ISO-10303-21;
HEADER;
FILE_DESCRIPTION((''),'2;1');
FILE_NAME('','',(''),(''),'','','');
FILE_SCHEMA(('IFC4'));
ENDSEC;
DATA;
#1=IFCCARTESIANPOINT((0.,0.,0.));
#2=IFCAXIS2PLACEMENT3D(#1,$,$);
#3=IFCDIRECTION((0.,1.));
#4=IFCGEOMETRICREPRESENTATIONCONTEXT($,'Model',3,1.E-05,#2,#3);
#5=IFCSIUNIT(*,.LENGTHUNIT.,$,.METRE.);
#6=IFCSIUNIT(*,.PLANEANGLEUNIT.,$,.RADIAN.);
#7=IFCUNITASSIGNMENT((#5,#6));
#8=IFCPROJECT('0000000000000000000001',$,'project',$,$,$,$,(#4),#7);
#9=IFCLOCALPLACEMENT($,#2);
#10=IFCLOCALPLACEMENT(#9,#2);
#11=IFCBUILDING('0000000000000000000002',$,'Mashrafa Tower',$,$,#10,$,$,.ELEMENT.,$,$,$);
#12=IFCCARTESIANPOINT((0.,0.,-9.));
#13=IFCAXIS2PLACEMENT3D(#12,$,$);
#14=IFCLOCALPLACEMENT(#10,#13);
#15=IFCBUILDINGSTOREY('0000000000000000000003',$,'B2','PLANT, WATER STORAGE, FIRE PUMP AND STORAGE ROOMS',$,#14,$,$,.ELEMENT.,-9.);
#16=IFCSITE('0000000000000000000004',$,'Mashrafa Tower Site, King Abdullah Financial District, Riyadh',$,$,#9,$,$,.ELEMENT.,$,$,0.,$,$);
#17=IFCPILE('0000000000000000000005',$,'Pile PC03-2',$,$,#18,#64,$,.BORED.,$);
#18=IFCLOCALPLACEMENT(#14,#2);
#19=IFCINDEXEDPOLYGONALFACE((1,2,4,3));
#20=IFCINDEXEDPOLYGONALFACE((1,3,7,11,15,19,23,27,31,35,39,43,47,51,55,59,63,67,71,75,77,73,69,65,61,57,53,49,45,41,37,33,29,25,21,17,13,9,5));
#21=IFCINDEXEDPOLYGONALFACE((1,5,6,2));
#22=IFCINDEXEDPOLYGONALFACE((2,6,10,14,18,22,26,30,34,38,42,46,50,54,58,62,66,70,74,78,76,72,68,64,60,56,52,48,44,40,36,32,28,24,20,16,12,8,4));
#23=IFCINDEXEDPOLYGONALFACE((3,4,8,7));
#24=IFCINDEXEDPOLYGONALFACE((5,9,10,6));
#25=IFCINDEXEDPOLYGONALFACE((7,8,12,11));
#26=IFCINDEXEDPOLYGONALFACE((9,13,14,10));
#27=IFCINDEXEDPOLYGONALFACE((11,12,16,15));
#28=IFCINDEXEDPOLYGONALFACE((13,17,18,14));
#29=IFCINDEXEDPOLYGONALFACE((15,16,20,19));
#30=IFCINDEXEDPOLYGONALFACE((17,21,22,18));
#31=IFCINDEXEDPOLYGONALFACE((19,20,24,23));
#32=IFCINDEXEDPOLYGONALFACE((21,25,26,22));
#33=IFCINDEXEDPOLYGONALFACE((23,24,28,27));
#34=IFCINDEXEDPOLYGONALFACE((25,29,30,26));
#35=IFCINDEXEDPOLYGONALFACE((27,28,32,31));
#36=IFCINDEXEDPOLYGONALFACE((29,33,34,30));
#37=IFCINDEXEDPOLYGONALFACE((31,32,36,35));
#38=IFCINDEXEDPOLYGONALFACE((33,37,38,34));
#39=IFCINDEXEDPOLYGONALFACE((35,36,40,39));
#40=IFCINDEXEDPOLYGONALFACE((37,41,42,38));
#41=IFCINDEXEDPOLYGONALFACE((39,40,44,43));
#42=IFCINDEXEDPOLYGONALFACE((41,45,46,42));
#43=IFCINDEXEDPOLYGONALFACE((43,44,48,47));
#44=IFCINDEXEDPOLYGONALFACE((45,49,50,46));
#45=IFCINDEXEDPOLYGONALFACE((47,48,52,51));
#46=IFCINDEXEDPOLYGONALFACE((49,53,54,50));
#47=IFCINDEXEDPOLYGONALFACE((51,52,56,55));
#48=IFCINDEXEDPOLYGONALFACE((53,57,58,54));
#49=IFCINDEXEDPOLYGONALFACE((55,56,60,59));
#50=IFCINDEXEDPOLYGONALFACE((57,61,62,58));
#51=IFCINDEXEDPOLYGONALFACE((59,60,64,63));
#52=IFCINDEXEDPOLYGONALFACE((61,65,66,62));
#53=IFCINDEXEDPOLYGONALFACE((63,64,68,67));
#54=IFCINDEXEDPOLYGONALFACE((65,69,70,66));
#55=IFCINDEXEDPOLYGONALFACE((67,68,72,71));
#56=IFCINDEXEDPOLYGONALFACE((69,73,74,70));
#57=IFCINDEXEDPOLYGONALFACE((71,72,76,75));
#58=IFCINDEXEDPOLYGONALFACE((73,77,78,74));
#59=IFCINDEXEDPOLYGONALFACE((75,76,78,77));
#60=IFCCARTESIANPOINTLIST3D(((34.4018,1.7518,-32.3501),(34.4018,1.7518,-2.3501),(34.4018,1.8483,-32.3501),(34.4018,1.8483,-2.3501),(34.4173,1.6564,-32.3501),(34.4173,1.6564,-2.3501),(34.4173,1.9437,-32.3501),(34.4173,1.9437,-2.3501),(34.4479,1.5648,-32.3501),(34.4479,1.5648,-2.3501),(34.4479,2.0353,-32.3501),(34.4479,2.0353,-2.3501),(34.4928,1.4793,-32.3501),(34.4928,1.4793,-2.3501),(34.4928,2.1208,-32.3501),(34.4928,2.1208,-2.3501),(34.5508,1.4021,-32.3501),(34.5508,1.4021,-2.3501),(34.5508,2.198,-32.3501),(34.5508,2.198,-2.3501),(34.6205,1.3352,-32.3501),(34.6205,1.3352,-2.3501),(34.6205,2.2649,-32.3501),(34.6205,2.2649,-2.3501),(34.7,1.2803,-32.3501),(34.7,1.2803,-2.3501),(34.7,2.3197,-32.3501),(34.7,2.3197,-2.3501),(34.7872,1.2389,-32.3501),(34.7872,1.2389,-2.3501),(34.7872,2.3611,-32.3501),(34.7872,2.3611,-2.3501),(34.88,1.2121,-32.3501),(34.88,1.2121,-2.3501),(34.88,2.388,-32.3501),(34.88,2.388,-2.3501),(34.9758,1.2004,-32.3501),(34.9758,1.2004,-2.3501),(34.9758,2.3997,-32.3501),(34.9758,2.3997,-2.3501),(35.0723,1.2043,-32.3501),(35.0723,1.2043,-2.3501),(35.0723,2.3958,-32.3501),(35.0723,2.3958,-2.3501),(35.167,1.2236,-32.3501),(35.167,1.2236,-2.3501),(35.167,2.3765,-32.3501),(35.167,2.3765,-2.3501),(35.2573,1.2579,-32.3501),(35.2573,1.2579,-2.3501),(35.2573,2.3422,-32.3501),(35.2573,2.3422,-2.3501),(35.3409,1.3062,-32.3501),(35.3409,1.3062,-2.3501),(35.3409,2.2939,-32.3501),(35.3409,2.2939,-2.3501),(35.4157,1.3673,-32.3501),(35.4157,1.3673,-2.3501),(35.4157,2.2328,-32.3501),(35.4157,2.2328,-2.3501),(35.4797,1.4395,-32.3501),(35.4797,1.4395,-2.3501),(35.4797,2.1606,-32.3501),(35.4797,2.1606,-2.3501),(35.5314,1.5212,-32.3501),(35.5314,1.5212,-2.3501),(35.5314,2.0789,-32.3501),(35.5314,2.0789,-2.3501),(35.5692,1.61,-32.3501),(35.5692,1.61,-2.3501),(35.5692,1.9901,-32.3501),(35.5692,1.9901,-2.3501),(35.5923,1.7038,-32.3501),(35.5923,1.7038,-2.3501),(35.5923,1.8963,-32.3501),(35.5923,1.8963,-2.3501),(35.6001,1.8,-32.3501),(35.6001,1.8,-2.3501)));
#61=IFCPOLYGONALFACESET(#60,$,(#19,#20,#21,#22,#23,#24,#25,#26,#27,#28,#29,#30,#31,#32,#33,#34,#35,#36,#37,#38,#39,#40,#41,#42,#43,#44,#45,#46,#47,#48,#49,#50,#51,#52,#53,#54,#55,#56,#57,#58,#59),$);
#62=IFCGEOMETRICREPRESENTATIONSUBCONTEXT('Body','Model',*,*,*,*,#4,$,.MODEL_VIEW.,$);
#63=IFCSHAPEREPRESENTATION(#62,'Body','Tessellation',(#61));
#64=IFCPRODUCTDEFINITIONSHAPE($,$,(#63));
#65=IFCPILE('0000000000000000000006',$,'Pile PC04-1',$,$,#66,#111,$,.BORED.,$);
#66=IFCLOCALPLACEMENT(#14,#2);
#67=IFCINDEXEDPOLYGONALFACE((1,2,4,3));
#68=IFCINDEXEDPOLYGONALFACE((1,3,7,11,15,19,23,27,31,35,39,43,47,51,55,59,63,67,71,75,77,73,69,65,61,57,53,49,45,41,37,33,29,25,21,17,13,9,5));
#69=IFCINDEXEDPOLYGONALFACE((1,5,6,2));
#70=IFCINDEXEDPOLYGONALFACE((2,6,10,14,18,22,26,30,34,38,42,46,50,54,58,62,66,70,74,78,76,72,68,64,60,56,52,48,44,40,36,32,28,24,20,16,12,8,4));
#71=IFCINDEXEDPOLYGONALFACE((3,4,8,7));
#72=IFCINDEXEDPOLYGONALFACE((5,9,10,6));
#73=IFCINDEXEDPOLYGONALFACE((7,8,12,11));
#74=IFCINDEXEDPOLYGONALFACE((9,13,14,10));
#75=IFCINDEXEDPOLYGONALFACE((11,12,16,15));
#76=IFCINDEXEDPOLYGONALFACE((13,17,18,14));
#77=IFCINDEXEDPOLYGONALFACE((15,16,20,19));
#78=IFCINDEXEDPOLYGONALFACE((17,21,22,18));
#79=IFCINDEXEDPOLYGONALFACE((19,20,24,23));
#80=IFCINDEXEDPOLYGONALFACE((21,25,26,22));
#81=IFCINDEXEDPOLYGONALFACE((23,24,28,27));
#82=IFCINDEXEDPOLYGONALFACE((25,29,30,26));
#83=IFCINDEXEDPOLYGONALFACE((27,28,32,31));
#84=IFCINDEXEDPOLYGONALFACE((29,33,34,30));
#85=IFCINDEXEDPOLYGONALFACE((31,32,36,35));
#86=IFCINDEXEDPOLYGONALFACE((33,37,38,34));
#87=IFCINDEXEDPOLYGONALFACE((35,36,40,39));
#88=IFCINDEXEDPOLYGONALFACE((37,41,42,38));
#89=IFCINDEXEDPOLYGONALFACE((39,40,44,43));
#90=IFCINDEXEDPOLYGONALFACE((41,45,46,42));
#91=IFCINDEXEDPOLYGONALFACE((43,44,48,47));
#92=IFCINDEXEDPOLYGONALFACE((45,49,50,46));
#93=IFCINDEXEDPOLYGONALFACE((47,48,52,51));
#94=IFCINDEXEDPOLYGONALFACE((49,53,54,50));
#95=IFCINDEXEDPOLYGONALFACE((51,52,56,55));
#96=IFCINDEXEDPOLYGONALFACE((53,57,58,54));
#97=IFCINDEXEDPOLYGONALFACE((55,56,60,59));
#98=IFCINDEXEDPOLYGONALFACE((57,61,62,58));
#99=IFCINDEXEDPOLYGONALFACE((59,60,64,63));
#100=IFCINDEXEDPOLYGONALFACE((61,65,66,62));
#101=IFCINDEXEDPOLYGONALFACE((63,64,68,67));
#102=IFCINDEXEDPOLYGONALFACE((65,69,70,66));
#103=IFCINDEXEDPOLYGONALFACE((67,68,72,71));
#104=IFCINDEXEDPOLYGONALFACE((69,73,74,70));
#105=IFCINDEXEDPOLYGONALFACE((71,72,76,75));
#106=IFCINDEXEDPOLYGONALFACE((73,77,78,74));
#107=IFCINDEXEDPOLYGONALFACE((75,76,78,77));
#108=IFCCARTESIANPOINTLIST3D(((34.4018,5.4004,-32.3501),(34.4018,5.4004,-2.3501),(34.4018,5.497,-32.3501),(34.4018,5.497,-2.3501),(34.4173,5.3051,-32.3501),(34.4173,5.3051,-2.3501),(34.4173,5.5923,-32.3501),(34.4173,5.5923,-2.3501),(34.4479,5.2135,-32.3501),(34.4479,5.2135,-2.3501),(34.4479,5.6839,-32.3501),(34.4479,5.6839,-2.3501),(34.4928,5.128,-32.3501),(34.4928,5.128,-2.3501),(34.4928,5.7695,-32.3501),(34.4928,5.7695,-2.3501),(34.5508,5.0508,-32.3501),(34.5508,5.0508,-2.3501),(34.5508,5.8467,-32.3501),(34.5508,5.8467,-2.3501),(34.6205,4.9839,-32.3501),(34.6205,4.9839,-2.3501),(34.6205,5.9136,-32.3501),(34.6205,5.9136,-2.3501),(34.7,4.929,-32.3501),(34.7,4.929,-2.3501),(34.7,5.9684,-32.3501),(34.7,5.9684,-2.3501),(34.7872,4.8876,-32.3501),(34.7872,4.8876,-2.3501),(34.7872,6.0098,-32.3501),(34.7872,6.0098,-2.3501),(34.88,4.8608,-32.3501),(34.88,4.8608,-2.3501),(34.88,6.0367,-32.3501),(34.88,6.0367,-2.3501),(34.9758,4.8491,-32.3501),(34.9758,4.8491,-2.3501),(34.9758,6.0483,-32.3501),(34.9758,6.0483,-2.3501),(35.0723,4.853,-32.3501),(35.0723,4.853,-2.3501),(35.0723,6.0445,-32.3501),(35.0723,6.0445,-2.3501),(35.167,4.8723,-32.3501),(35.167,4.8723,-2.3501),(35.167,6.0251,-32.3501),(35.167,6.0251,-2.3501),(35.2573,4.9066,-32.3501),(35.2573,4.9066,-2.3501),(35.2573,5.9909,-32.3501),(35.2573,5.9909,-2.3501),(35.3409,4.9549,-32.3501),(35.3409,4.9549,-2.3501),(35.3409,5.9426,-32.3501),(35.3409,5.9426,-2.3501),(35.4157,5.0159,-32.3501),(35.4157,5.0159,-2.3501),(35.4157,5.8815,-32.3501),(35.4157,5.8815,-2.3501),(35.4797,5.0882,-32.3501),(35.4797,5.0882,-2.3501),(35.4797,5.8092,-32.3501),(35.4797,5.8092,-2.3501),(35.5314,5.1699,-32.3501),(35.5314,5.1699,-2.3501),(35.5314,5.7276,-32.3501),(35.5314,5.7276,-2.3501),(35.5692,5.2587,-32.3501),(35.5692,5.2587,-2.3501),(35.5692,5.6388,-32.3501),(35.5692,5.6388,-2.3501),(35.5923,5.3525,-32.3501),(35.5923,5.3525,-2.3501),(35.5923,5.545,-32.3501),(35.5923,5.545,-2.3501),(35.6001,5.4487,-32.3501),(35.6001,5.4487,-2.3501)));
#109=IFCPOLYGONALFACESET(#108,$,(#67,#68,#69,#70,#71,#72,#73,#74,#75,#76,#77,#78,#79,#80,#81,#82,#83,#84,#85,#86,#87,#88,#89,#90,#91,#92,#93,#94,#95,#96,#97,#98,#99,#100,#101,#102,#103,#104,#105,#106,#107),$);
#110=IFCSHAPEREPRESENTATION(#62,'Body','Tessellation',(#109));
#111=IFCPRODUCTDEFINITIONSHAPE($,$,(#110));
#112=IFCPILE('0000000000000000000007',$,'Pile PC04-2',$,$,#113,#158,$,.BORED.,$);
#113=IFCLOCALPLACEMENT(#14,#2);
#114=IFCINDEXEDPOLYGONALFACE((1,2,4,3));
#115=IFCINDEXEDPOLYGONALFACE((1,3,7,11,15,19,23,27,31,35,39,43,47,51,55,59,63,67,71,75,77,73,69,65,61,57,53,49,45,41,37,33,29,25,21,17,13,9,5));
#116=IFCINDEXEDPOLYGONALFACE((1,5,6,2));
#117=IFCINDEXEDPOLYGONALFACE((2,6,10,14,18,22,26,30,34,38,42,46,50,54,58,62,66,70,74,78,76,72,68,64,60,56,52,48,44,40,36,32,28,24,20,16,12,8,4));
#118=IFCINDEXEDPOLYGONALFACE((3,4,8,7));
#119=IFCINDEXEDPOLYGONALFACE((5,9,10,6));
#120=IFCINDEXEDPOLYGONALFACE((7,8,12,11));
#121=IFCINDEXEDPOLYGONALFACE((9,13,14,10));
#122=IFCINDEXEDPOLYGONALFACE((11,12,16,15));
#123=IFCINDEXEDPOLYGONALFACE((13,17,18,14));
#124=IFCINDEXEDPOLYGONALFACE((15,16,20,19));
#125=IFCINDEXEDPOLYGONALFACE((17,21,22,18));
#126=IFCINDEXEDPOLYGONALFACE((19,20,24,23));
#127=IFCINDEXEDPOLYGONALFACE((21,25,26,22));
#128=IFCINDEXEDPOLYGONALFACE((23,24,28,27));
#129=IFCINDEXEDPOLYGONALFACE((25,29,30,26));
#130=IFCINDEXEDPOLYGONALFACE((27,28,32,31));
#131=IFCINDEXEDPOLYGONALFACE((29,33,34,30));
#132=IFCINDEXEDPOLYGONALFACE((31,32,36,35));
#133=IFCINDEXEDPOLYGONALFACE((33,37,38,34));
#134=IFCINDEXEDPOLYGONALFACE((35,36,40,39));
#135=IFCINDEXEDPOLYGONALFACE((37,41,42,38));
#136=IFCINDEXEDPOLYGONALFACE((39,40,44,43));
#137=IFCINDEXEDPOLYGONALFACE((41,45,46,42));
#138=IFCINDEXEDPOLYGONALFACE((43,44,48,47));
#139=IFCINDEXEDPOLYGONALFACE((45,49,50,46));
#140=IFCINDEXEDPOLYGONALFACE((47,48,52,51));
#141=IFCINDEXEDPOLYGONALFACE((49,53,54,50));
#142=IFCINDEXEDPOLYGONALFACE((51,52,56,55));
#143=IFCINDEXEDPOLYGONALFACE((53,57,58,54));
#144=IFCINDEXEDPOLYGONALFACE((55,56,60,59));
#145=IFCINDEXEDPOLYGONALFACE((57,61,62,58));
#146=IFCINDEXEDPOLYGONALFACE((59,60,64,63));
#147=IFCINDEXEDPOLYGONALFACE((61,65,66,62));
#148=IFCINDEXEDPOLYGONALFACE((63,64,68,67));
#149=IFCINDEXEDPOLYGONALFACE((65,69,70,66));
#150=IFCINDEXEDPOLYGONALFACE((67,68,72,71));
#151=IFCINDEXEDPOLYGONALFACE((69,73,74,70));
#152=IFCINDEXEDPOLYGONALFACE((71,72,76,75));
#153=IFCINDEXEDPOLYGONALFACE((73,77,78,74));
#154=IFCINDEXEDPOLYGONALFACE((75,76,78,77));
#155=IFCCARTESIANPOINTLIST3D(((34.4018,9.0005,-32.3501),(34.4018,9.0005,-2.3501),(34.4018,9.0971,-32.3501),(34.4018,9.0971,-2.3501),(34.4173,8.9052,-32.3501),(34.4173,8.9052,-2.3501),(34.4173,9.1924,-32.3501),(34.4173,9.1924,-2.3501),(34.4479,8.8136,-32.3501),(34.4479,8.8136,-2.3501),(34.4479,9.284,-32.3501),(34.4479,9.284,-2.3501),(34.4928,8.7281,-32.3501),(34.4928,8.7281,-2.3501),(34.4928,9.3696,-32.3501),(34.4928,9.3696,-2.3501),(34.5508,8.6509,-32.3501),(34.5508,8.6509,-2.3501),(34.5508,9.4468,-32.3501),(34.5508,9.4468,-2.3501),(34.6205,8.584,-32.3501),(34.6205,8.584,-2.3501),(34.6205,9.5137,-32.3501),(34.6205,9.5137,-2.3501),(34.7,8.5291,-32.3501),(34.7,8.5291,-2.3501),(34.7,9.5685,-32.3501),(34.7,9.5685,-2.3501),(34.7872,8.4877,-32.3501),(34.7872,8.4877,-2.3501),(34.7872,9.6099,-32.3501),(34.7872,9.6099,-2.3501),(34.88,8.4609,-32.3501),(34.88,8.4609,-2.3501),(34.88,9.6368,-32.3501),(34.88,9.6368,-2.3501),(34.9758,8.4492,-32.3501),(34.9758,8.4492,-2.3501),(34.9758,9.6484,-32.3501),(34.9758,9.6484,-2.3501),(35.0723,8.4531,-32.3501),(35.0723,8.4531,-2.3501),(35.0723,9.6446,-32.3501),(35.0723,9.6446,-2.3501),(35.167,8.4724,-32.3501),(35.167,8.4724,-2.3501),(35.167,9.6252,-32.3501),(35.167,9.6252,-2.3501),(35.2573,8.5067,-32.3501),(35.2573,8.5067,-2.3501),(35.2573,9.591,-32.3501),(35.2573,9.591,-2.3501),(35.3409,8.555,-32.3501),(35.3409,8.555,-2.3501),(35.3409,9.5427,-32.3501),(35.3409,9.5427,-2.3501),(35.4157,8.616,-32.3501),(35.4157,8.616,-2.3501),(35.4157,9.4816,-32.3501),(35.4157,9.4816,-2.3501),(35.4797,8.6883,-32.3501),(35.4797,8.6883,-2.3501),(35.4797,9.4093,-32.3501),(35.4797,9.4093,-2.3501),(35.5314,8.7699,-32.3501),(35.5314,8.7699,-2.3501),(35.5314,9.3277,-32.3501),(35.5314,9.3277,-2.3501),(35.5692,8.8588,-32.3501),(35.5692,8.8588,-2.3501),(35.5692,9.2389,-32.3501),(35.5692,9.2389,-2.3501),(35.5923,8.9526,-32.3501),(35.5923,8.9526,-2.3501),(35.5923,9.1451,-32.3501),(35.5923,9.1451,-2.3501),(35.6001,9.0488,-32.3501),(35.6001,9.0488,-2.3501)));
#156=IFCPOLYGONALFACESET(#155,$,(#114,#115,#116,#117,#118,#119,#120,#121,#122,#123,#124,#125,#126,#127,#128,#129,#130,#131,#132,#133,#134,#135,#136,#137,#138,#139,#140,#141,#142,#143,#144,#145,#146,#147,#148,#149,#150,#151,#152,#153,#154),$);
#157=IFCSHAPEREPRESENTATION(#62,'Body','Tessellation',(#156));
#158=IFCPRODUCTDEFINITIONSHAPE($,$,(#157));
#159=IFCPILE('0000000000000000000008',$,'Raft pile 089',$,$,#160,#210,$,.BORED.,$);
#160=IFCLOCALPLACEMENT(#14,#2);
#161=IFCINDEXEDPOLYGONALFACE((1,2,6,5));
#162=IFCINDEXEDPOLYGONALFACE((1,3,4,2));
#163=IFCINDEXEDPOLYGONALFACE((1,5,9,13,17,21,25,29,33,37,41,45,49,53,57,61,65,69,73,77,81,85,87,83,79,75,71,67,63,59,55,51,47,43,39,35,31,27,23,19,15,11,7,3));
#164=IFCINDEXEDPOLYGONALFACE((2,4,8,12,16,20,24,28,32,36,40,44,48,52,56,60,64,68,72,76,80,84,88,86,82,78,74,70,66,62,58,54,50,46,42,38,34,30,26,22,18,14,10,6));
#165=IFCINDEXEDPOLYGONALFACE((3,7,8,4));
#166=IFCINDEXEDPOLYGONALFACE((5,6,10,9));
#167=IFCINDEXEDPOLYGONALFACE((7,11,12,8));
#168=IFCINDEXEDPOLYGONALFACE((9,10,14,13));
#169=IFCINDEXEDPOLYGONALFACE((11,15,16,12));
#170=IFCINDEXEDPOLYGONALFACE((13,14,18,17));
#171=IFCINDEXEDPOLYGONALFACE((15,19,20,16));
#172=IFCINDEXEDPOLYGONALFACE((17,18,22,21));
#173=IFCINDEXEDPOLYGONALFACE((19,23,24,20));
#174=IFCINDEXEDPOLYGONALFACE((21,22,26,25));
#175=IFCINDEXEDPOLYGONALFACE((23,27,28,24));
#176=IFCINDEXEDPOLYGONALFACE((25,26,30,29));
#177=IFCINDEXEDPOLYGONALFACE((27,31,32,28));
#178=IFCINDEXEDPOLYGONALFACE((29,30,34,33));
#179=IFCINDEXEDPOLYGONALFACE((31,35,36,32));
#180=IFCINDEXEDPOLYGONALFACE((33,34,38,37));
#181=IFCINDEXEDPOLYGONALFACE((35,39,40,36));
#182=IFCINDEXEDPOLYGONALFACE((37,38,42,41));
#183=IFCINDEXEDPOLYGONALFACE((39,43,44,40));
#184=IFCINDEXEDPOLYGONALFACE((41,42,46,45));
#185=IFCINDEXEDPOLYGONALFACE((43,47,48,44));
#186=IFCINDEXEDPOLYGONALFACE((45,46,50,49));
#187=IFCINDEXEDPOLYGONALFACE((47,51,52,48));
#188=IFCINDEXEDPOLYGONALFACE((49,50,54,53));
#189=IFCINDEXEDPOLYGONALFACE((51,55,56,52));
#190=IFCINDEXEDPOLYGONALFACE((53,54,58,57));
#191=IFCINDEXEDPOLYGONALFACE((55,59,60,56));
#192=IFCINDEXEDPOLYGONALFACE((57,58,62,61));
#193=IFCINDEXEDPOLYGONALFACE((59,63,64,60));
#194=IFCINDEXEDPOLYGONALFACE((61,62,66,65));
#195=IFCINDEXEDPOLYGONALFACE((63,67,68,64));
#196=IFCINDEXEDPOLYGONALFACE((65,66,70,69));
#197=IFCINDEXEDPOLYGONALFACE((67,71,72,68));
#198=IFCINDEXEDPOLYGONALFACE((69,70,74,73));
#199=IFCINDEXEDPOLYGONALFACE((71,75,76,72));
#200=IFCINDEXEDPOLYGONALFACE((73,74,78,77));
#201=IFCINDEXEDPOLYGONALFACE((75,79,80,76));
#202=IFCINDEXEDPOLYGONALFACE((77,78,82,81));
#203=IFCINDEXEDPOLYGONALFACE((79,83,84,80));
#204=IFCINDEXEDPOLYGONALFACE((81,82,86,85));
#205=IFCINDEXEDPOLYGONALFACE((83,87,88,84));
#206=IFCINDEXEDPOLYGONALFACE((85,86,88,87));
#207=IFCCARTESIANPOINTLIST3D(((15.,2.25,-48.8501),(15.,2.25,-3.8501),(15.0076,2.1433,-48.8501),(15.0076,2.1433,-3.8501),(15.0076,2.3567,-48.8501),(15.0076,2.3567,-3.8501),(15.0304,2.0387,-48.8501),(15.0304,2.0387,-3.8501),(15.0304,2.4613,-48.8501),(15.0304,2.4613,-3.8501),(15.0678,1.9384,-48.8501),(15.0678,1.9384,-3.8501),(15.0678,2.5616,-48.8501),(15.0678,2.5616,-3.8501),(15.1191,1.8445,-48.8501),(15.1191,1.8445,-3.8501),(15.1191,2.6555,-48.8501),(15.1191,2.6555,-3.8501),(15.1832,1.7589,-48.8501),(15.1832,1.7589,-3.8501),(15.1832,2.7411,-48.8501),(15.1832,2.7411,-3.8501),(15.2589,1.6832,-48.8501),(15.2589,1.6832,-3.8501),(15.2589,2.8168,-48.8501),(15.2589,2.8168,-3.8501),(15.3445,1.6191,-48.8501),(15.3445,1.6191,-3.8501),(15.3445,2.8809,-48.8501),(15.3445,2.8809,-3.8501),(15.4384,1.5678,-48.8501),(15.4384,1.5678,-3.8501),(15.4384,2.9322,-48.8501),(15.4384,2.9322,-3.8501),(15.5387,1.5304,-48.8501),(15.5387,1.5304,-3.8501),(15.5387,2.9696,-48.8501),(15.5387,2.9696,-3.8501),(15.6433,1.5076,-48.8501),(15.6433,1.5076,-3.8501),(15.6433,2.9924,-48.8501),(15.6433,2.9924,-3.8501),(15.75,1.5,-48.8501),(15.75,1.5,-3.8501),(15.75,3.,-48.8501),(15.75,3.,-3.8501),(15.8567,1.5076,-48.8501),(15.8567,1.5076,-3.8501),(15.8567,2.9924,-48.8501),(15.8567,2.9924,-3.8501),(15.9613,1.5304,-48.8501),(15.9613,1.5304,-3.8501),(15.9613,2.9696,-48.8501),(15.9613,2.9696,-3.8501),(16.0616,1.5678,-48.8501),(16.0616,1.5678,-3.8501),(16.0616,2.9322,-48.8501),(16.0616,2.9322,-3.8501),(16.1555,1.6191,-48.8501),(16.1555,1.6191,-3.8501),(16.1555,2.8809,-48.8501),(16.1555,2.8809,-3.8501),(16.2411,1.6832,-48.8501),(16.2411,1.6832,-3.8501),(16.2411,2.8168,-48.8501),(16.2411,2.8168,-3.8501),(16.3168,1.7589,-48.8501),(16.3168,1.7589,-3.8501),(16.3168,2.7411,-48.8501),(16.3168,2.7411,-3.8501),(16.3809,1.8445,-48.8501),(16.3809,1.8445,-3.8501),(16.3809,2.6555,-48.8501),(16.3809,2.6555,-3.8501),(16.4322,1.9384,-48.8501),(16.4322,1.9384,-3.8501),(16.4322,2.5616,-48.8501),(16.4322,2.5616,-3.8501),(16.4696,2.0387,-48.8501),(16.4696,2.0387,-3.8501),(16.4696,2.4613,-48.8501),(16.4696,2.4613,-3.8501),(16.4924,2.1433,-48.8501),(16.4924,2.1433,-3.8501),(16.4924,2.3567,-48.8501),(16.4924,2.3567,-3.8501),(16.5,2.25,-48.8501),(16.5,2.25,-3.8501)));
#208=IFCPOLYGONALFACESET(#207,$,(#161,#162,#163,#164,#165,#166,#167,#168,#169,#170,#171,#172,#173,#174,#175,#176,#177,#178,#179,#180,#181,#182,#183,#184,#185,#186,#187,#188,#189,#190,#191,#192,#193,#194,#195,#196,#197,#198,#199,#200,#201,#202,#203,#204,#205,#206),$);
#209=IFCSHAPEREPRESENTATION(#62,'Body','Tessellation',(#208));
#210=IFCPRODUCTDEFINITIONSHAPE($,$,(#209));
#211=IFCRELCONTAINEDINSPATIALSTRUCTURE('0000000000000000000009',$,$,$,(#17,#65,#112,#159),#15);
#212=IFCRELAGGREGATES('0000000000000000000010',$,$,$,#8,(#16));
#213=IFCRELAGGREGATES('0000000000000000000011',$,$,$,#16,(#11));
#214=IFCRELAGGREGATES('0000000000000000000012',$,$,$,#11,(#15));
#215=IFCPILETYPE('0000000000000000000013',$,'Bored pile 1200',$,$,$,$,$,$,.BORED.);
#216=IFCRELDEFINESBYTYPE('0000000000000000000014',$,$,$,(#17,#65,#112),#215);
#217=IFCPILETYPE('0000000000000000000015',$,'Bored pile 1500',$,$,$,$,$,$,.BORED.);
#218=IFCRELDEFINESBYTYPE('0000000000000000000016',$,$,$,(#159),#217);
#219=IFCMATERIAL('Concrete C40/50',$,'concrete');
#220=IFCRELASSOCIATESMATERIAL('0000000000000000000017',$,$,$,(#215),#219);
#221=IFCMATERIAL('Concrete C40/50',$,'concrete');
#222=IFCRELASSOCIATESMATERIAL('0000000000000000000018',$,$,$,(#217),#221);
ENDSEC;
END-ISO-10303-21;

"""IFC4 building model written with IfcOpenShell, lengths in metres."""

from ifc_helpers import new_model, si_unit, direction, frame, origin, origin_2d, place, context, subcontext, project, spatial, circle, extrude, material, material_profile, profile_set, type_object, element, save


model = new_model("IFC4")

# Units and contexts
model_context = context("Model", 3, precision=1e-05, world=origin(), true_north=direction((0.0, 1.0)))
body_context = subcontext(model_context, "Body", "Model", "MODEL_VIEW")
ifc_project = project(units=[si_unit("LENGTHUNIT", "METRE"), si_unit("PLANEANGLEUNIT", "RADIAN")], contexts=[model_context])

# Site, building, storey
site_placement = place(None, origin())
site = spatial("IfcSite", under=ifc_project, at=site_placement, Name="Mashrafa Tower Site, King Abdullah Financial District, Riyadh", CompositionType="ELEMENT", RefElevation=0.0)
building_placement = place(site_placement, origin())
building = spatial("IfcBuilding", under=site, at=building_placement, Name="Mashrafa Tower", CompositionType="ELEMENT")
storey_placement = place(building_placement, frame((0.0, 0.0, -9.0)))
storey = spatial("IfcBuildingStorey", under=building, at=storey_placement, Name="B2", Description="PLANT, WATER STORAGE, FIRE PUMP AND STORAGE ROOMS", CompositionType="ELEMENT", Elevation=-9.0)

# Piles
ifc_material_1 = material(Name="Concrete C40/50", Category="concrete")
ifc_material_profile_1 = material_profile(ifc_material_1, circle(Radius=0.6001, at=origin_2d()), Name="1200 DIA")
ifc_profile_set_1 = profile_set([ifc_material_profile_1], Name="Concrete C40/50")
pile_type_1 = type_object("IfcPileType", Name="Bored pile 1200", PredefinedType="BORED", material=ifc_profile_set_1)
for number, where, z_axis, x_axis, name in (
    (1, (35.0, 1.8, -2.3501), (0.0, 0.0, -1.0), (1.0, 0.0, 0.0), "Pile PC03-2"),
    (2, (35.0, 5.4487, -2.3501), (0.0, 0.0, -1.0), (1.0, 0.0, 0.0), "Pile PC04-1"),
    (3, (35.0, 9.0488, -2.3501), (0.0, 0.0, -1.0), (1.0, 0.0, 0.0), "Pile PC04-2"),
):
    element("IfcPile", number, at=place(storey_placement, frame(where, z_axis=z_axis, x_axis=x_axis)), inside=storey, type_object=pile_type_1, Name=name, PredefinedType="BORED", context=body_context, shape_type="SweptSolid", body=[
        extrude(circle(Radius=0.6001, at=origin_2d()), origin(), (0.0, 0.0, 1.0), 30.0),
    ])
ifc_material_2 = material(Name="Concrete C40/50", Category="concrete")
ifc_material_profile_2 = material_profile(ifc_material_2, circle(Radius=0.75, at=origin_2d()), Name="1500 DIA")
ifc_profile_set_2 = profile_set([ifc_material_profile_2], Name="Concrete C40/50")
pile_type_2 = type_object("IfcPileType", Name="Bored pile 1500", PredefinedType="BORED", material=ifc_profile_set_2)
for number, where, z_axis, x_axis, name in (
    (4, (15.75, 2.25, -3.8501), (0.0, 0.0, -1.0), (1.0, 0.0, 0.0), "Raft pile 089"),
):
    element("IfcPile", number, at=place(storey_placement, frame(where, z_axis=z_axis, x_axis=x_axis)), inside=storey, type_object=pile_type_2, Name=name, PredefinedType="BORED", context=body_context, shape_type="SweptSolid", body=[
        extrude(circle(Radius=0.75, at=origin_2d()), origin(), (0.0, 0.0, 1.0), 45.0),
    ])

save(model, "model.ifc")
